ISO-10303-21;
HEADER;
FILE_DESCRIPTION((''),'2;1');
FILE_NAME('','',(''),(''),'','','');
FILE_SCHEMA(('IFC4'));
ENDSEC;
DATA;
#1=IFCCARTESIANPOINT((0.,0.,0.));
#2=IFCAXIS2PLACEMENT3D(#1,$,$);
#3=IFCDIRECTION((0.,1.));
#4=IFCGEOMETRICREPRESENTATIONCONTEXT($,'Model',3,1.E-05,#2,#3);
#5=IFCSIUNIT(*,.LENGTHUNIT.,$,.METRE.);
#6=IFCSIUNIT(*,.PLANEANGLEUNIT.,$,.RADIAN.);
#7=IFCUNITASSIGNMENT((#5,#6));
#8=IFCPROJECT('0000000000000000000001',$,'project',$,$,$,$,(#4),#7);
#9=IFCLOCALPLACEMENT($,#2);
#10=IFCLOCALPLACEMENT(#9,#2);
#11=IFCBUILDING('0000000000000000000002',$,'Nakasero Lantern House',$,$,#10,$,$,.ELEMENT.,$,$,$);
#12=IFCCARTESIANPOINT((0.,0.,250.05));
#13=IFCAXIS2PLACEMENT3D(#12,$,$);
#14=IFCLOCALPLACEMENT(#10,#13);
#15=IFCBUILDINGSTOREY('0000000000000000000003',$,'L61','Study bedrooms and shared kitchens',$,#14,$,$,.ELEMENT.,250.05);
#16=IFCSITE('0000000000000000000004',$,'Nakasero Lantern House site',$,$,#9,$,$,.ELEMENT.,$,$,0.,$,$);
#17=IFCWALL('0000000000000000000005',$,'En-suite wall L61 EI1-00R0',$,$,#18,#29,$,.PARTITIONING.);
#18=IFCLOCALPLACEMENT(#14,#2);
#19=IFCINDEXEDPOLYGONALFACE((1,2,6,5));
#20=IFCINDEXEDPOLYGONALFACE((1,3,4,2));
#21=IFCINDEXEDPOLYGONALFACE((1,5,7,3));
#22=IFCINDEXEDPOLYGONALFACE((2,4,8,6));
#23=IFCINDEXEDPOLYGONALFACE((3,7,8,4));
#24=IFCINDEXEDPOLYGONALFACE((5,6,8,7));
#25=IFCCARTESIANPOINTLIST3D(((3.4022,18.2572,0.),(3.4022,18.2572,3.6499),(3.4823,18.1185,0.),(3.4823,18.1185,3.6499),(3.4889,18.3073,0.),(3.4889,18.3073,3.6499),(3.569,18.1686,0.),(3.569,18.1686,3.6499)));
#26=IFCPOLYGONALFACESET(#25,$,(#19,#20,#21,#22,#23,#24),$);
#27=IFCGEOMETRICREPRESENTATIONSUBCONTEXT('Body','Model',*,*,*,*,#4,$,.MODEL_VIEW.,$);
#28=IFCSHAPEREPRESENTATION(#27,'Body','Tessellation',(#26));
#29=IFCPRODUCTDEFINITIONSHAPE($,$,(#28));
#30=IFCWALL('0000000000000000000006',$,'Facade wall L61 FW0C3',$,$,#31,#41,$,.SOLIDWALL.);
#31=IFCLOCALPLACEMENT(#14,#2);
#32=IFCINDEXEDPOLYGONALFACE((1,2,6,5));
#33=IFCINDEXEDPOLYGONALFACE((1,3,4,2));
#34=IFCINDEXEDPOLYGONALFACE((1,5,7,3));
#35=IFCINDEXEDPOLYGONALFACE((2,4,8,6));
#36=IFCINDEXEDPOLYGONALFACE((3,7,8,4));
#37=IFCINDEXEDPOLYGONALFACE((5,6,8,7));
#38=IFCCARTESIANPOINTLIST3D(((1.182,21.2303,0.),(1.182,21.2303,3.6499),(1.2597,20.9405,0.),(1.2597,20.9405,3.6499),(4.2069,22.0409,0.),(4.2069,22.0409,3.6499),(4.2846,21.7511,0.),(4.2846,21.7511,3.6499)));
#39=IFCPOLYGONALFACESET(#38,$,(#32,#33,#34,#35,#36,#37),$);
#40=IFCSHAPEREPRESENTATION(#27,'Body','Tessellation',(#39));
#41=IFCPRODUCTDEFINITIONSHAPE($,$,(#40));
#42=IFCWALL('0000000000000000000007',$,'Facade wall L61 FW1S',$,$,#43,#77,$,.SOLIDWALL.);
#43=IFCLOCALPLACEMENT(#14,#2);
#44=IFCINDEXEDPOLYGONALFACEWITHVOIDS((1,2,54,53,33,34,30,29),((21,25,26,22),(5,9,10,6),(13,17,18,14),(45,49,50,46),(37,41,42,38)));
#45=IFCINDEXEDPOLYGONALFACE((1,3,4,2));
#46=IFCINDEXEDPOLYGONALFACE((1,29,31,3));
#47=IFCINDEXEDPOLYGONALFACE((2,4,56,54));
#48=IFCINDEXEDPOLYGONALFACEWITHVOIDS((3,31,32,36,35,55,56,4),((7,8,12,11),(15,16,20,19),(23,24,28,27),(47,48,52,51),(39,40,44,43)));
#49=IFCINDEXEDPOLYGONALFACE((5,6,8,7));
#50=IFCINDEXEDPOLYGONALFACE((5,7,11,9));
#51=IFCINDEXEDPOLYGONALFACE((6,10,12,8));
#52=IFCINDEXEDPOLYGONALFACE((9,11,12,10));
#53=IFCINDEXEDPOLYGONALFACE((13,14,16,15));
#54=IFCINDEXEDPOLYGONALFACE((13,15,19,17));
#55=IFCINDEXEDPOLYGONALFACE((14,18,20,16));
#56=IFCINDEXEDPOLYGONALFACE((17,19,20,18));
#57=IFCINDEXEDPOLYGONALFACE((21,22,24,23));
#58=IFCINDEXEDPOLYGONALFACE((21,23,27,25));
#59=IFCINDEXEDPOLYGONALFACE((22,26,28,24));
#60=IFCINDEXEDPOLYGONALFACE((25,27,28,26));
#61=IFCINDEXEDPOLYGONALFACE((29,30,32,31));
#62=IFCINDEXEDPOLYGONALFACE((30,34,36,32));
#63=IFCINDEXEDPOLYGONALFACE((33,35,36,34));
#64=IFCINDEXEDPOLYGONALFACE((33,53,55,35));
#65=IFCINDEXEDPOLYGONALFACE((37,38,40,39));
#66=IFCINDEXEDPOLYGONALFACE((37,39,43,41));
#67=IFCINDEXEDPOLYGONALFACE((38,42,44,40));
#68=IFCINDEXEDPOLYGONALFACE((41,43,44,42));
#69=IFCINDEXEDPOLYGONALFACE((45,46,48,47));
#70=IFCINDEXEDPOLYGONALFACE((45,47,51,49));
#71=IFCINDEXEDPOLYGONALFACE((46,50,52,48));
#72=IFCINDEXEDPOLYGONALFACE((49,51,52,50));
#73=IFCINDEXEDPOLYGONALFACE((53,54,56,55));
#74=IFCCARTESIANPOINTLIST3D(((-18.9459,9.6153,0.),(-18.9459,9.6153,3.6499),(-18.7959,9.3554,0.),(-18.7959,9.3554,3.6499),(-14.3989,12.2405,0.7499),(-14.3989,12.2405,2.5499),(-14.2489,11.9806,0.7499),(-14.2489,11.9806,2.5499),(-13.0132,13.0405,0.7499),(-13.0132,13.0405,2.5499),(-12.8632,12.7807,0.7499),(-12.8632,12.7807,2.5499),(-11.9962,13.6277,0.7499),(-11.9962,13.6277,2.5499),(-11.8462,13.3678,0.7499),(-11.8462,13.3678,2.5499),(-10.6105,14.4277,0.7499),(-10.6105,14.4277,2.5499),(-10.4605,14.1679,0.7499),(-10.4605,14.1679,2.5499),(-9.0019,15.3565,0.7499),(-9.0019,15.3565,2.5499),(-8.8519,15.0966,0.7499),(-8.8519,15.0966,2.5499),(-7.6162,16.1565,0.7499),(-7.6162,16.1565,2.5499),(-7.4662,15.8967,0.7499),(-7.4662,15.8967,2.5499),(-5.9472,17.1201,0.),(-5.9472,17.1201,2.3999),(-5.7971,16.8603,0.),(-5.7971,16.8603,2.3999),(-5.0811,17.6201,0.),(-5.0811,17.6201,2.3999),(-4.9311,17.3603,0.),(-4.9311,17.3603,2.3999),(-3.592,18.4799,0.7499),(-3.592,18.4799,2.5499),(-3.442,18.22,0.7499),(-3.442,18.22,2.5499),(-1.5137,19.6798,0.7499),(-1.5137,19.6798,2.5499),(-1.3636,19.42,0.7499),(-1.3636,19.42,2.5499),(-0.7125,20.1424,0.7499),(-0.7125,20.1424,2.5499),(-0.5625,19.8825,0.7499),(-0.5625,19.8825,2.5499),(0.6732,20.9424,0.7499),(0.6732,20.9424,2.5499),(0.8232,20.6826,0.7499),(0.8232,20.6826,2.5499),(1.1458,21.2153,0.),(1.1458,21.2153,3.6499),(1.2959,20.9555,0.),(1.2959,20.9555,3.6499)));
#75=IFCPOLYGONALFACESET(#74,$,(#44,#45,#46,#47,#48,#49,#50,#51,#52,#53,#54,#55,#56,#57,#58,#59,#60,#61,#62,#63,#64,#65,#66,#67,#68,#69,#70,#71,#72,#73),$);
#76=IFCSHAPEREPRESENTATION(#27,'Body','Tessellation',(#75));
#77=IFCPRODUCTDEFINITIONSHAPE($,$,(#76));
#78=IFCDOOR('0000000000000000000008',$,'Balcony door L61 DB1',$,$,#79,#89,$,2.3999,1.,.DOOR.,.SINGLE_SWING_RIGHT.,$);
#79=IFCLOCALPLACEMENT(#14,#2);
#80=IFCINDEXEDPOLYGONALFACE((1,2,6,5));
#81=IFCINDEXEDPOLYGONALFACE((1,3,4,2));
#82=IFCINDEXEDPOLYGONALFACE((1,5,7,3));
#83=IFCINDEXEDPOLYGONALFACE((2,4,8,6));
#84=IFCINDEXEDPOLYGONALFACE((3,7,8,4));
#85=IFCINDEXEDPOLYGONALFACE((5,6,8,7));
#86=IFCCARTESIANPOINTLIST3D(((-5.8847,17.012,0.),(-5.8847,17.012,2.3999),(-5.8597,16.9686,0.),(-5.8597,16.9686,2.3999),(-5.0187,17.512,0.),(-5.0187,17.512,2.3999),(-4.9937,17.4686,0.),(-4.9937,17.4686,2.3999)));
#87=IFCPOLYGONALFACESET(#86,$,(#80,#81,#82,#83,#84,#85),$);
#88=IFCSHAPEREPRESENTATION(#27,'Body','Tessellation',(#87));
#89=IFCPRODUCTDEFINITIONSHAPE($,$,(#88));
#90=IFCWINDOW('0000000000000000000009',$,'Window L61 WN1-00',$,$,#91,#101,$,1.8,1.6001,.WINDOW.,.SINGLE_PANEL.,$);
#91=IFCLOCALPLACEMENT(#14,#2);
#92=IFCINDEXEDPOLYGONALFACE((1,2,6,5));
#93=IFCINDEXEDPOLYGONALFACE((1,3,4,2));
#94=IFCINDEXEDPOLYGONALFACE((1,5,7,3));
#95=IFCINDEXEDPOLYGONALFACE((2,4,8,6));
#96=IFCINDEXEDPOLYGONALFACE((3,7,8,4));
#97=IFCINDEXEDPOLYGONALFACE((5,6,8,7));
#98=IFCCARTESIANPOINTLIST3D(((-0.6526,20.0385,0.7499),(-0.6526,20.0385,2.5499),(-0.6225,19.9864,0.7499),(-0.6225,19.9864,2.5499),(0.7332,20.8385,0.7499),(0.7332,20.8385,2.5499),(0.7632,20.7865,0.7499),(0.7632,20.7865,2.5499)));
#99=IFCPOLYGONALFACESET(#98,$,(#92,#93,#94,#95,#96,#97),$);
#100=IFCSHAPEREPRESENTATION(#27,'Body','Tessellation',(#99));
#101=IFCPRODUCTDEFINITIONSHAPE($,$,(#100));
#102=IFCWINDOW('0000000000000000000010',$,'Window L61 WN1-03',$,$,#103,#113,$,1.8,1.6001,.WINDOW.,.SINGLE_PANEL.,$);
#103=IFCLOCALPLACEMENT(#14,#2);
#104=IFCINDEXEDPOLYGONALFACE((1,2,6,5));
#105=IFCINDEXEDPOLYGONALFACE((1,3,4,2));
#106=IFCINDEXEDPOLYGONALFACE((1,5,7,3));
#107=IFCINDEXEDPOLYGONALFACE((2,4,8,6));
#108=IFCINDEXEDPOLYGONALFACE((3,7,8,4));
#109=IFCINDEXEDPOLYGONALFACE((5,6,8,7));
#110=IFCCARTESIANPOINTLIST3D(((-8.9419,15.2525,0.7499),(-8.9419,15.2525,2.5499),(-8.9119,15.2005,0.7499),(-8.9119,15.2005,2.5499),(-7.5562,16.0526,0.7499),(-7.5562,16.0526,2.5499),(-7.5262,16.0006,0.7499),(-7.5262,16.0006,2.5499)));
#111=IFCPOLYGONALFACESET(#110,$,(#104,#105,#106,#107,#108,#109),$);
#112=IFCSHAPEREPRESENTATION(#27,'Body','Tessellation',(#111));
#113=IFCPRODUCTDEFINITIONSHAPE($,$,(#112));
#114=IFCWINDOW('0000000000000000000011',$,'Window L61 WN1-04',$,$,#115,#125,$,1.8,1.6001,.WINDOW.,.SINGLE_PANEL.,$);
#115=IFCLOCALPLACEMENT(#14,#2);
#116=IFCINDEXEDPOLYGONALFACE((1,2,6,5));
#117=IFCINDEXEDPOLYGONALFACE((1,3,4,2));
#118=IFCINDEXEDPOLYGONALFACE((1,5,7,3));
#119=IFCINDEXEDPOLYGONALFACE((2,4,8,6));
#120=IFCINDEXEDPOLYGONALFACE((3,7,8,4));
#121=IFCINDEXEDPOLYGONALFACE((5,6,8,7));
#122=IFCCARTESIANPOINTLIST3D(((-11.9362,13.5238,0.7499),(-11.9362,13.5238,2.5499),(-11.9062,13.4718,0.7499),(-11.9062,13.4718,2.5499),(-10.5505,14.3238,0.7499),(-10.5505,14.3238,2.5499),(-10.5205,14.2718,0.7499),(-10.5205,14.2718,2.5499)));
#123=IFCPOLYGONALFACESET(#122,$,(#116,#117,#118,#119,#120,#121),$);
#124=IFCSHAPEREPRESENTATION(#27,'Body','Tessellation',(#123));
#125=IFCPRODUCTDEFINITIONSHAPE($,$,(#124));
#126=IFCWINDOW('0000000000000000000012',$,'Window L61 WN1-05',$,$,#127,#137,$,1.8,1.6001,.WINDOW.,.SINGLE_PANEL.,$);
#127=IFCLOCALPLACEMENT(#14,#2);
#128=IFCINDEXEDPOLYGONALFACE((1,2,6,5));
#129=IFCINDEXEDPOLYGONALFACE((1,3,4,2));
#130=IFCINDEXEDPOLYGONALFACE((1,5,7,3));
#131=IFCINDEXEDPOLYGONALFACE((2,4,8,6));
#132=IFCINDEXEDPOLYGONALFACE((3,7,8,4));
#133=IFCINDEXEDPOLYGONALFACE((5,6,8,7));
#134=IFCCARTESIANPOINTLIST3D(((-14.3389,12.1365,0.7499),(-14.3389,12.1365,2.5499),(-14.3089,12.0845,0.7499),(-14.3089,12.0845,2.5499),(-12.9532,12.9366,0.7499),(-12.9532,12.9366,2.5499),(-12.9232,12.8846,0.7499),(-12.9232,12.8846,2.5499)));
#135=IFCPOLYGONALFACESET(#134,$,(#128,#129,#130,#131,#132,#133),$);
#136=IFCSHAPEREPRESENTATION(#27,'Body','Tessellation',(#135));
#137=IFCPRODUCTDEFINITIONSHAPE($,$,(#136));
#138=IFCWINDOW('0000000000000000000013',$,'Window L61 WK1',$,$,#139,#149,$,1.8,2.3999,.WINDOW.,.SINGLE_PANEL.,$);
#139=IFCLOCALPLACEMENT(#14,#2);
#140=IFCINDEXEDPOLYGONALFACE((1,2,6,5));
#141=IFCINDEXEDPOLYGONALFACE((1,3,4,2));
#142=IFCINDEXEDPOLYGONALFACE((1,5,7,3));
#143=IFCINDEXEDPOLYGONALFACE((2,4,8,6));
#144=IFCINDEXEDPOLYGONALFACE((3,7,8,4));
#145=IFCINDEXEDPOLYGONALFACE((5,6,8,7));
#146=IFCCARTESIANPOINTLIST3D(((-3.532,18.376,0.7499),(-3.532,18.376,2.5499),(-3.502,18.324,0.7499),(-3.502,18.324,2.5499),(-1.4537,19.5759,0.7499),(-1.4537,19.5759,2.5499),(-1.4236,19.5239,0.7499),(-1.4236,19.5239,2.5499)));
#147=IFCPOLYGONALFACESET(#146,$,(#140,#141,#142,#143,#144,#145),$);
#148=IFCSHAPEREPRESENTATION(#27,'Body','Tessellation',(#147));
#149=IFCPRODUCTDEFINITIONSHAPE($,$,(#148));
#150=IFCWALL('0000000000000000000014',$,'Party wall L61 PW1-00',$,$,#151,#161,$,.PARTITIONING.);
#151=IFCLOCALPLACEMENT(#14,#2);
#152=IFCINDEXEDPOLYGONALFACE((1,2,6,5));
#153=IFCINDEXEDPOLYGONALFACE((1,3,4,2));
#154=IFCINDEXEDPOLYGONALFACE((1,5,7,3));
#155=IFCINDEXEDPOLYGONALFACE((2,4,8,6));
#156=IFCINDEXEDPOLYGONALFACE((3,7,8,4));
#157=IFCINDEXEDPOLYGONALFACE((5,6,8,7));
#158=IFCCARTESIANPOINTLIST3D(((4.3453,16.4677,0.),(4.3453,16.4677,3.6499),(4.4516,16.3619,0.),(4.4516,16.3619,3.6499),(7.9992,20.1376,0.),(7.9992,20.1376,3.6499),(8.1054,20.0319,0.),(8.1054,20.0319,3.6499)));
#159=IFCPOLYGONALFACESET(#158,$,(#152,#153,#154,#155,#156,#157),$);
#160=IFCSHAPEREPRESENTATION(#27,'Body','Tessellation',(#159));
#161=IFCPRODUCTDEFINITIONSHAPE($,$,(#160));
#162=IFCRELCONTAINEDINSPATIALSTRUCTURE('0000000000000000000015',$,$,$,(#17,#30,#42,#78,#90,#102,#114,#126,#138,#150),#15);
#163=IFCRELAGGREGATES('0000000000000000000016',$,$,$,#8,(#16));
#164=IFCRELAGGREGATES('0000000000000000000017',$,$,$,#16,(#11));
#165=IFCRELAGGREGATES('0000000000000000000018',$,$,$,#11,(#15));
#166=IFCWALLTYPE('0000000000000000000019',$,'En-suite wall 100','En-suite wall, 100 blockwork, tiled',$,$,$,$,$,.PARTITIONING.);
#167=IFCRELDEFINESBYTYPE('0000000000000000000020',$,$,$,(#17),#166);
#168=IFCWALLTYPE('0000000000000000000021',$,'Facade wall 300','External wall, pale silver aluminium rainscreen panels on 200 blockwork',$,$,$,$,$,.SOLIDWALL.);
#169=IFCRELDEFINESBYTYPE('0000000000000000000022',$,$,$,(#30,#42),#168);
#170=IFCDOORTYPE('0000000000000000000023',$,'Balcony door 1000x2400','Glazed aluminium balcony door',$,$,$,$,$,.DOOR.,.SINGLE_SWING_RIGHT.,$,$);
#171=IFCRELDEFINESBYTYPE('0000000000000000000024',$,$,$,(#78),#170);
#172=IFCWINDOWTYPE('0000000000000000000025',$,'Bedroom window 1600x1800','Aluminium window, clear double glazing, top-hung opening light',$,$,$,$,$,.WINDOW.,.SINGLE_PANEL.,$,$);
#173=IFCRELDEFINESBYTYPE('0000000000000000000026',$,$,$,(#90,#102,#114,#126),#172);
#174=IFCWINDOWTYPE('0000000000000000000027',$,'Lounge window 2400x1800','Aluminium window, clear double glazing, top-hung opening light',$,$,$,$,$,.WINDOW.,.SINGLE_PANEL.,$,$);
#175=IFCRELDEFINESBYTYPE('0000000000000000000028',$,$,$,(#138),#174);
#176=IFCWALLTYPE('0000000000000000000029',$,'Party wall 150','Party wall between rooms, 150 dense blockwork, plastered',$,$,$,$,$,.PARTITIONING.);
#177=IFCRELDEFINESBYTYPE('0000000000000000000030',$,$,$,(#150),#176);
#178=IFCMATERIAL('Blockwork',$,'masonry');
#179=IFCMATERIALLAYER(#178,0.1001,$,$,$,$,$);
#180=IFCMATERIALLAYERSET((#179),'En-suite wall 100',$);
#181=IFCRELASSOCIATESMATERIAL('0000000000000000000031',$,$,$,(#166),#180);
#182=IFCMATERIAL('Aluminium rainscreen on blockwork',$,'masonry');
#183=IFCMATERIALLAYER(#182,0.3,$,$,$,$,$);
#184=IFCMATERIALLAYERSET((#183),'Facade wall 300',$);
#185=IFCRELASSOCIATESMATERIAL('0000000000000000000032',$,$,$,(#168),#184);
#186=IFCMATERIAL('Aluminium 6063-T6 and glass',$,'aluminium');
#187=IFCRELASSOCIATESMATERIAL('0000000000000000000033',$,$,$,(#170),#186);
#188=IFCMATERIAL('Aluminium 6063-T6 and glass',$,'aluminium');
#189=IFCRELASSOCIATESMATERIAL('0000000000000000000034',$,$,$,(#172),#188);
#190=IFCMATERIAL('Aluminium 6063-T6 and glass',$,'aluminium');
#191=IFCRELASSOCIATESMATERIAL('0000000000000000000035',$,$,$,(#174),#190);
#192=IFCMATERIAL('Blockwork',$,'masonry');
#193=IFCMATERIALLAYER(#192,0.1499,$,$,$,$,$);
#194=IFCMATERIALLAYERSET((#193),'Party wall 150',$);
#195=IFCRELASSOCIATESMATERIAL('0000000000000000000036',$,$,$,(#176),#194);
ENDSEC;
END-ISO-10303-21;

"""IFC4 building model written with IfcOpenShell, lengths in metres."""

from ifc_helpers import new_model, si_unit, direction, frame, frame_2d, origin, place, context, subcontext, project, spatial, rectangle, extrude, material, layer, layer_set, type_object, element, fill, save


model = new_model("IFC4")

# Units and contexts
model_context = context("Model", 3, precision=1e-05, world=origin(), true_north=direction((0.0, 1.0)))
body_context = subcontext(model_context, "Body", "Model", "MODEL_VIEW")
ifc_project = project(units=[si_unit("LENGTHUNIT", "METRE"), si_unit("PLANEANGLEUNIT", "RADIAN")], contexts=[model_context])

# Site, building, storey
site_placement = place(None, origin())
site = spatial("IfcSite", under=ifc_project, at=site_placement, Name="Nakasero Lantern House site", CompositionType="ELEMENT", RefElevation=0.0)
building_placement = place(site_placement, origin())
building = spatial("IfcBuilding", under=site, at=building_placement, Name="Nakasero Lantern House", CompositionType="ELEMENT")
storey_placement = place(building_placement, frame((0.0, 0.0, 250.05)))
storey = spatial("IfcBuildingStorey", under=building, at=storey_placement, Name="L61", Description="Study bedrooms and shared kitchens", CompositionType="ELEMENT", Elevation=250.05)

# Shared definitions
ifc_material_1 = material(Name="Blockwork", Category="masonry")
ifc_layer_1 = layer(ifc_material_1, 0.1001)
ifc_layer_set_1 = layer_set([ifc_layer_1], Name="En-suite wall 100")
wall_type_1 = type_object("IfcWallType", Name="En-suite wall 100", Description="En-suite wall, 100 blockwork, tiled", PredefinedType="PARTITIONING", material=ifc_layer_set_1)

# Walls
wall_1_placement = place(storey_placement, frame((3.5256, 18.1436, 0.0), z_axis=(0.0, 0.0, 1.0), x_axis=(-0.500074, 0.865982, 0.0)))
element("IfcWall", 1, at=wall_1_placement, inside=storey, type_object=wall_type_1, Name="En-suite wall L61 EI1-00R0", PredefinedType="PARTITIONING", context=body_context, shape_type="SweptSolid", body=[
    extrude(rectangle(XDim=0.1602, YDim=0.1001, at=frame_2d((0.0801, 0.0))), origin(), (0.0, 0.0, 1.0), 3.6499),
])
ifc_material_2 = material(Name="Aluminium rainscreen on blockwork", Category="masonry")
ifc_layer_2 = layer(ifc_material_2, 0.3)
ifc_layer_set_2 = layer_set([ifc_layer_2], Name="Facade wall 300")
wall_type_2 = type_object("IfcWallType", Name="Facade wall 300", Description="External wall, pale silver aluminium rainscreen panels on 200 blockwork", PredefinedType="SOLIDWALL", material=ifc_layer_set_2)
wall_2_placement = place(storey_placement, frame((4.2458, 21.896, 0.0), z_axis=(0.0, 0.0, 1.0), x_axis=(-0.965924, -0.258827, 0.0)))
element("IfcWall", 2, at=wall_2_placement, inside=storey, type_object=wall_type_2, Name="Facade wall L61 FW0C3", PredefinedType="SOLIDWALL", context=body_context, shape_type="SweptSolid", body=[
    extrude(rectangle(XDim=3.1316, YDim=0.3, at=frame_2d((1.5659, 0.0))), origin(), (0.0, 0.0, 1.0), 3.6499),
])

# Wall, openings, door, windows
wall_3_placement = place(storey_placement, frame((1.2209, 21.0854, 0.0), z_axis=(0.0, 0.0, 1.0), x_axis=(-0.866024, -0.500003, 0.0)))
wall_3 = element("IfcWall", 3, at=wall_3_placement, inside=storey, type_object=wall_type_2, Name="Facade wall L61 FW1S", PredefinedType="SOLIDWALL", context=body_context, shape_type="SweptSolid", body=[
    extrude(rectangle(XDim=23.2, YDim=0.3, at=frame_2d((11.6001, 0.0))), origin(), (0.0, 0.0, 1.0), 3.6499),
])
opening_1_placement = place(wall_3_placement, frame((0.5459, 0.0, 0.75)))
opening_1 = element("IfcOpeningElement", 4, at=opening_1_placement, cuts=wall_3, PredefinedType="OPENING", context=body_context, shape_type="SweptSolid", body=[
    extrude(rectangle(XDim=1.6001, YDim=1.8, at=frame_2d((0.8, 0.8999))), frame((0.0, 0.1699, 0.0), z_axis=(0.0, -1.0, 0.0), x_axis=(1.0, 0.0, 0.0)), (0.0, 0.0, 1.0), 0.3401),
])
opening_2_placement = place(wall_3_placement, frame((10.1177, 0.0, 0.75)))
opening_2 = element("IfcOpeningElement", 5, at=opening_2_placement, cuts=wall_3, PredefinedType="OPENING", context=body_context, shape_type="SweptSolid", body=[
    extrude(rectangle(XDim=1.6001, YDim=1.8, at=frame_2d((0.8, 0.8999))), frame((0.0, 0.1699, 0.0), z_axis=(0.0, -1.0, 0.0), x_axis=(1.0, 0.0, 0.0)), (0.0, 0.0, 1.0), 0.3401),
])
opening_3_placement = place(wall_3_placement, frame((13.5752, 0.0, 0.75)))
opening_3 = element("IfcOpeningElement", 6, at=opening_3_placement, cuts=wall_3, PredefinedType="OPENING", context=body_context, shape_type="SweptSolid", body=[
    extrude(rectangle(XDim=1.6001, YDim=1.8, at=frame_2d((0.8, 0.8999))), frame((0.0, 0.1699, 0.0), z_axis=(0.0, -1.0, 0.0), x_axis=(1.0, 0.0, 0.0)), (0.0, 0.0, 1.0), 0.3401),
])
opening_4_placement = place(wall_3_placement, frame((16.3496, 0.0, 0.75)))
opening_4 = element("IfcOpeningElement", 7, at=opening_4_placement, cuts=wall_3, PredefinedType="OPENING", context=body_context, shape_type="SweptSolid", body=[
    extrude(rectangle(XDim=1.6001, YDim=1.8, at=frame_2d((0.8, 0.8999))), frame((0.0, 0.1699, 0.0), z_axis=(0.0, -1.0, 0.0), x_axis=(1.0, 0.0, 0.0)), (0.0, 0.0, 1.0), 0.3401),
])
opening_5_placement = place(wall_3_placement, frame((3.071, 0.0, 0.75)))
opening_5 = element("IfcOpeningElement", 8, at=opening_5_placement, cuts=wall_3, PredefinedType="OPENING", context=body_context, shape_type="SweptSolid", body=[
    extrude(rectangle(XDim=2.3999, YDim=1.8, at=frame_2d((1.2, 0.8999))), frame((0.0, 0.1699, 0.0), z_axis=(0.0, -1.0, 0.0), x_axis=(1.0, 0.0, 0.0)), (0.0, 0.0, 1.0), 0.3401),
])
opening_6_placement = place(wall_3_placement, frame((7.1904, 0.0, 0.0)))
opening_6 = element("IfcOpeningElement", 9, at=opening_6_placement, cuts=wall_3, PredefinedType="OPENING", context=body_context, shape_type="SweptSolid", body=[
    extrude(rectangle(XDim=1.0, YDim=2.3999, at=frame_2d((0.5, 1.2))), frame((0.0, 0.1699, 0.0), z_axis=(0.0, -1.0, 0.0), x_axis=(1.0, 0.0, 0.0)), (0.0, 0.0, 1.0), 0.3401),
])
ifc_material_3 = material(Name="Aluminium 6063-T6 and glass", Category="aluminium")
door_type_1 = type_object("IfcDoorType", Name="Balcony door 1000x2400", Description="Glazed aluminium balcony door", OperationType="SINGLE_SWING_RIGHT", PredefinedType="DOOR", material=ifc_material_3)
door_1_placement = place(opening_6_placement, origin())
door_1 = element("IfcDoor", 10, at=door_1_placement, inside=storey, type_object=door_type_1, Name="Balcony door L61 DB1", OperationType="SINGLE_SWING_RIGHT", OverallHeight=2.3999, OverallWidth=1.0, PredefinedType="DOOR", context=body_context, shape_type="SweptSolid", body=[
    extrude(rectangle(XDim=1.0, YDim=2.3999, at=frame_2d((0.5, 1.2))), frame((0.0, 0.0249, 0.0), z_axis=(0.0, -1.0, 0.0), x_axis=(1.0, 0.0, 0.0)), (0.0, 0.0, 1.0), 0.05),
])
fill(opening_6, door_1)
ifc_material_4 = material(Name="Aluminium 6063-T6 and glass", Category="aluminium")
window_type_1 = type_object("IfcWindowType", Name="Bedroom window 1600x1800", Description="Aluminium window, clear double glazing, top-hung opening light", PartitioningType="SINGLE_PANEL", PredefinedType="WINDOW", material=ifc_material_4)
window_1_placement = place(opening_1_placement, origin())
window_1 = element("IfcWindow", 11, at=window_1_placement, inside=storey, type_object=window_type_1, Name="Window L61 WN1-00", OverallHeight=1.8, OverallWidth=1.6001, PartitioningType="SINGLE_PANEL", PredefinedType="WINDOW", context=body_context, shape_type="SweptSolid", body=[
    extrude(rectangle(XDim=1.6001, YDim=1.8, at=frame_2d((0.8, 0.8999))), frame((0.0, 0.03, 0.0), z_axis=(0.0, -1.0, 0.0), x_axis=(1.0, 0.0, 0.0)), (0.0, 0.0, 1.0), 0.0601),
])
fill(opening_1, window_1)
window_2_placement = place(opening_2_placement, origin())
window_2 = element("IfcWindow", 12, at=window_2_placement, inside=storey, type_object=window_type_1, Name="Window L61 WN1-03", OverallHeight=1.8, OverallWidth=1.6001, PartitioningType="SINGLE_PANEL", PredefinedType="WINDOW", context=body_context, shape_type="SweptSolid", body=[
    extrude(rectangle(XDim=1.6001, YDim=1.8, at=frame_2d((0.8, 0.8999))), frame((0.0, 0.03, 0.0), z_axis=(0.0, -1.0, 0.0), x_axis=(1.0, 0.0, 0.0)), (0.0, 0.0, 1.0), 0.0601),
])
fill(opening_2, window_2)
window_3_placement = place(opening_3_placement, origin())
window_3 = element("IfcWindow", 13, at=window_3_placement, inside=storey, type_object=window_type_1, Name="Window L61 WN1-04", OverallHeight=1.8, OverallWidth=1.6001, PartitioningType="SINGLE_PANEL", PredefinedType="WINDOW", context=body_context, shape_type="SweptSolid", body=[
    extrude(rectangle(XDim=1.6001, YDim=1.8, at=frame_2d((0.8, 0.8999))), frame((0.0, 0.03, 0.0), z_axis=(0.0, -1.0, 0.0), x_axis=(1.0, 0.0, 0.0)), (0.0, 0.0, 1.0), 0.0601),
])
fill(opening_3, window_3)
window_4_placement = place(opening_4_placement, origin())
window_4 = element("IfcWindow", 14, at=window_4_placement, inside=storey, type_object=window_type_1, Name="Window L61 WN1-05", OverallHeight=1.8, OverallWidth=1.6001, PartitioningType="SINGLE_PANEL", PredefinedType="WINDOW", context=body_context, shape_type="SweptSolid", body=[
    extrude(rectangle(XDim=1.6001, YDim=1.8, at=frame_2d((0.8, 0.8999))), frame((0.0, 0.03, 0.0), z_axis=(0.0, -1.0, 0.0), x_axis=(1.0, 0.0, 0.0)), (0.0, 0.0, 1.0), 0.0601),
])
fill(opening_4, window_4)
ifc_material_5 = material(Name="Aluminium 6063-T6 and glass", Category="aluminium")
window_type_2 = type_object("IfcWindowType", Name="Lounge window 2400x1800", Description="Aluminium window, clear double glazing, top-hung opening light", PartitioningType="SINGLE_PANEL", PredefinedType="WINDOW", material=ifc_material_5)
window_5_placement = place(opening_5_placement, origin())
window_5 = element("IfcWindow", 15, at=window_5_placement, inside=storey, type_object=window_type_2, Name="Window L61 WK1", OverallHeight=1.8, OverallWidth=2.3999, PartitioningType="SINGLE_PANEL", PredefinedType="WINDOW", context=body_context, shape_type="SweptSolid", body=[
    extrude(rectangle(XDim=2.3999, YDim=1.8, at=frame_2d((1.2, 0.8999))), frame((0.0, 0.03, 0.0), z_axis=(0.0, -1.0, 0.0), x_axis=(1.0, 0.0, 0.0)), (0.0, 0.0, 1.0), 0.0601),
])
fill(opening_5, window_5)

# Wall
ifc_material_6 = material(Name="Blockwork", Category="masonry")
ifc_layer_3 = layer(ifc_material_6, 0.1499)
ifc_layer_set_3 = layer_set([ifc_layer_3], Name="Party wall 150")
wall_type_3 = type_object("IfcWallType", Name="Party wall 150", Description="Party wall between rooms, 150 dense blockwork, plastered", PredefinedType="PARTITIONING", material=ifc_layer_set_3)
wall_4_placement = place(storey_placement, frame((4.3984, 16.4148, 0.0), z_axis=(0.0, 0.0, 1.0), x_axis=(0.705549, 0.708661, 0.0)))
element("IfcWall", 16, at=wall_4_placement, inside=storey, type_object=wall_type_3, Name="Party wall L61 PW1-00", PredefinedType="PARTITIONING", context=body_context, shape_type="SweptSolid", body=[
    extrude(rectangle(XDim=5.1787, YDim=0.1499, at=frame_2d((2.5894, 0.0))), origin(), (0.0, 0.0, 1.0), 3.6499),
])

save(model, "model.ifc")
